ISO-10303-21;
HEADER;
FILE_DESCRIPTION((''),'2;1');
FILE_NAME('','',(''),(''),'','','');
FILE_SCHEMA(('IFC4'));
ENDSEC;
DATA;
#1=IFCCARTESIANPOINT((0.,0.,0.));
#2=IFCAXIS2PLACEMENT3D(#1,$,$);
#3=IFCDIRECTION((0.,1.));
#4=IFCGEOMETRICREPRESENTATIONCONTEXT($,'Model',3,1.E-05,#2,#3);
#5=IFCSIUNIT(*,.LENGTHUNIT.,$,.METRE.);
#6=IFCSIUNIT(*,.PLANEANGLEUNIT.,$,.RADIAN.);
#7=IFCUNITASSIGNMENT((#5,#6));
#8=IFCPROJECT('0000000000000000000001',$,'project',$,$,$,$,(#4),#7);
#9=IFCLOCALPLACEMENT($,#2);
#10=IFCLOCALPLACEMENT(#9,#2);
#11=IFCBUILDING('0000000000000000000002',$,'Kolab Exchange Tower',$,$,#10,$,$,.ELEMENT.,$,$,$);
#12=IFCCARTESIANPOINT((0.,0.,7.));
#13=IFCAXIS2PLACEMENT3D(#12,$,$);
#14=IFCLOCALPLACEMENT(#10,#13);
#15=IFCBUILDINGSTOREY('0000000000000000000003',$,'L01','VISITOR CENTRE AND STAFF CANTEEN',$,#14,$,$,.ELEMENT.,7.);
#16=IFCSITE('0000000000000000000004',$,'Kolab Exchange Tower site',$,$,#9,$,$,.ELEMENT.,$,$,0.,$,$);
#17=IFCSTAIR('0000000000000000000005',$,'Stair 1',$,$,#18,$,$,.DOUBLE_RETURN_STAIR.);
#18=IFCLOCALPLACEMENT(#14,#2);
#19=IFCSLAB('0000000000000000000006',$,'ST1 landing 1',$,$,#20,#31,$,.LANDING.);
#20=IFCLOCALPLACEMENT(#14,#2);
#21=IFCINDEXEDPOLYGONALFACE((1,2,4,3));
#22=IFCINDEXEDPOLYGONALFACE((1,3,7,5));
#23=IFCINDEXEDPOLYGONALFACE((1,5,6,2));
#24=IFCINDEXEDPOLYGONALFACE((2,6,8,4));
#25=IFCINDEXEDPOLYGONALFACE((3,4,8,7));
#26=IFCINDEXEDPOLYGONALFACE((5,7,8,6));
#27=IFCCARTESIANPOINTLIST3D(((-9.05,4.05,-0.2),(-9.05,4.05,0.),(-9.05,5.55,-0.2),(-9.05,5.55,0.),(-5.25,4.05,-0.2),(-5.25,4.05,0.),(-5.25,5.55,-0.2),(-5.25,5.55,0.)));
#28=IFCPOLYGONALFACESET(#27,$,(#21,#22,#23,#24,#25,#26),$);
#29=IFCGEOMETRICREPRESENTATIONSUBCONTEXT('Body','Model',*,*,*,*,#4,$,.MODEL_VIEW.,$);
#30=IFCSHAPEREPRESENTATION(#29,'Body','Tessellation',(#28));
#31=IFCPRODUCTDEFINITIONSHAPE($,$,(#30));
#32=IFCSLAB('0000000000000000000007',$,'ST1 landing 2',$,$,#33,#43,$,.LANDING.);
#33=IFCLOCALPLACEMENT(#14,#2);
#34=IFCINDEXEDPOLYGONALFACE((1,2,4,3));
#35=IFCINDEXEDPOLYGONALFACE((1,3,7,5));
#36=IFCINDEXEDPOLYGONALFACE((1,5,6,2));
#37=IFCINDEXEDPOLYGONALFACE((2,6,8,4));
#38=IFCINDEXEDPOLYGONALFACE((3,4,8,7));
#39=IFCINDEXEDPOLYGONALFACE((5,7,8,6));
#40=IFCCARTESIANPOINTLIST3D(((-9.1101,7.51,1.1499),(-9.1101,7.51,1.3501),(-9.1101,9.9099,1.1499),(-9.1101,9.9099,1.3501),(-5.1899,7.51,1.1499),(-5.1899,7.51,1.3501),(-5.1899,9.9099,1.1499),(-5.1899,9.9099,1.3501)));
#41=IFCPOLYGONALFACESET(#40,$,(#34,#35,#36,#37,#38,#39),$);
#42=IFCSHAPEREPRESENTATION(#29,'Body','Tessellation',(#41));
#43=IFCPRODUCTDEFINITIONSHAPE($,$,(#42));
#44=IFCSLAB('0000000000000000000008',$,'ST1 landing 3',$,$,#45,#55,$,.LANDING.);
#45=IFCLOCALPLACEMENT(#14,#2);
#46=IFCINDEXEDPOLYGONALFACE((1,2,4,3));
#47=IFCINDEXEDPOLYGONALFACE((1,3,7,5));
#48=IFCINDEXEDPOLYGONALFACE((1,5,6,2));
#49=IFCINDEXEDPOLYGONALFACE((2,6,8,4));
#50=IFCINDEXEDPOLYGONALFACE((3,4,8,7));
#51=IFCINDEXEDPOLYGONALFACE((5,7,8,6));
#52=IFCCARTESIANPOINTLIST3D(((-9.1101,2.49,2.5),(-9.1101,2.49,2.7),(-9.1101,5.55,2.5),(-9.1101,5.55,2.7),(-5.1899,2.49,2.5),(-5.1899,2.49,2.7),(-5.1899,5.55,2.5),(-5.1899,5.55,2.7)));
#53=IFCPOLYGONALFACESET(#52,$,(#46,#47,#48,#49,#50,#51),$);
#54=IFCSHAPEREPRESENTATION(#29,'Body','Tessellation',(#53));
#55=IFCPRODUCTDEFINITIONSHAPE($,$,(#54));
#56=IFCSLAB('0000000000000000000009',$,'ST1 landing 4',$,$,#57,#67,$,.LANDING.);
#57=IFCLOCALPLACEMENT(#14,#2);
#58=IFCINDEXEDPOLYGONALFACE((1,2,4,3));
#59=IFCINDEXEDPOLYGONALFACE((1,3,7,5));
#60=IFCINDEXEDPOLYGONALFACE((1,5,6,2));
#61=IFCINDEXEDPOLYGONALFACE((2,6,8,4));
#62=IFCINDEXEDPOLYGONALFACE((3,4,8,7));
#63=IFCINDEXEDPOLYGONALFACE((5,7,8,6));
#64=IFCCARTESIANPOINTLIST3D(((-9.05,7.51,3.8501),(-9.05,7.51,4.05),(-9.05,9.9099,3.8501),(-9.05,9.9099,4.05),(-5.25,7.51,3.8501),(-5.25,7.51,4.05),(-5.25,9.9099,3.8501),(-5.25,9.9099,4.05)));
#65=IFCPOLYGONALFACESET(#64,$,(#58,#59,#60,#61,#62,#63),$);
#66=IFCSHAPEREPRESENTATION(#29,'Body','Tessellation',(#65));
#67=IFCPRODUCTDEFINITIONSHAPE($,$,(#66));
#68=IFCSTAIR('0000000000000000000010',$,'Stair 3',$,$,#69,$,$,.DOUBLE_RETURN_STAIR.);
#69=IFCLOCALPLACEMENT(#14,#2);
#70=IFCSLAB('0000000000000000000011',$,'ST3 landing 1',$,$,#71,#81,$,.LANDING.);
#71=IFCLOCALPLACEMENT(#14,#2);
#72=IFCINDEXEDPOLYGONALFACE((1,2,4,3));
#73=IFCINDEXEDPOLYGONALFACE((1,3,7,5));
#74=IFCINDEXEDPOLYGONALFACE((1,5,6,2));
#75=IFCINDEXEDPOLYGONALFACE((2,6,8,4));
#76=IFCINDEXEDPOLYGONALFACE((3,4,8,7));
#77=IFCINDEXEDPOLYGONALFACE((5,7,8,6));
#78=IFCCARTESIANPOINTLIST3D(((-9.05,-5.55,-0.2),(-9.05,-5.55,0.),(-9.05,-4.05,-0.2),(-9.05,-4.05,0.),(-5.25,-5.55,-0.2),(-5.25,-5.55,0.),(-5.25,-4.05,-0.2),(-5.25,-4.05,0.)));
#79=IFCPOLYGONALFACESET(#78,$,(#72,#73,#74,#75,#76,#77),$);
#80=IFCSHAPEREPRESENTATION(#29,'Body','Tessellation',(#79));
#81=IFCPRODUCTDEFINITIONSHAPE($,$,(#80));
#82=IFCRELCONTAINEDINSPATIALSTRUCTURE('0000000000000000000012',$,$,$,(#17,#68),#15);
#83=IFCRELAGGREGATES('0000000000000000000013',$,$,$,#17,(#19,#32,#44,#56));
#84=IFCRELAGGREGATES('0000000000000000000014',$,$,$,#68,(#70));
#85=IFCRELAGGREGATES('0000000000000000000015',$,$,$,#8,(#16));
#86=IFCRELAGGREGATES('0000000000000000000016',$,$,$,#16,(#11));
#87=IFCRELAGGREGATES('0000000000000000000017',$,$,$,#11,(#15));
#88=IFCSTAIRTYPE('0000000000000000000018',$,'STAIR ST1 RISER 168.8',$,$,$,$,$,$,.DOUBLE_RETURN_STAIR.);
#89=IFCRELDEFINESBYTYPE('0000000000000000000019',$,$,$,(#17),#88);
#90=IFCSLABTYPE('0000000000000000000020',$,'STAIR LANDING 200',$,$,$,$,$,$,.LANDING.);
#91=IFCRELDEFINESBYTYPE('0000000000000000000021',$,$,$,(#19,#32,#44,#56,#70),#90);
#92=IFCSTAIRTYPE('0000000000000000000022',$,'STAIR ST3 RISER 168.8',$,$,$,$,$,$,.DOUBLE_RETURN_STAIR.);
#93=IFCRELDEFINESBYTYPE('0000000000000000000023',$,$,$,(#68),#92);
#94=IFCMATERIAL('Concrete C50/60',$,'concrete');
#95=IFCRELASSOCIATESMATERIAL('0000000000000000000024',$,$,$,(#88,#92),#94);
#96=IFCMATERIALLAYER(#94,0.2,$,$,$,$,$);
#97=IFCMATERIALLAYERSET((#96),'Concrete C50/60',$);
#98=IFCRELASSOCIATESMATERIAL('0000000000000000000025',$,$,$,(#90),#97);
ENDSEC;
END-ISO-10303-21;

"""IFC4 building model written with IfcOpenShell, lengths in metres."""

from ifc_helpers import new_model, si_unit, direction, frame, origin, place, context, subcontext, project, spatial, polyline, outline, extrude, material, layer, layer_set, type_object, element, aggregate, save


model = new_model("IFC4")

# Units and contexts
model_context = context("Model", 3, precision=1e-05, world=origin(), true_north=direction((0.0, 1.0)))
body_context = subcontext(model_context, "Body", "Model", "MODEL_VIEW")
ifc_project = project(units=[si_unit("LENGTHUNIT", "METRE"), si_unit("PLANEANGLEUNIT", "RADIAN")], contexts=[model_context])

# Site, building, storey
site_placement = place(None, origin())
site = spatial("IfcSite", under=ifc_project, at=site_placement, Name="Kolab Exchange Tower site", CompositionType="ELEMENT", RefElevation=0.0)
building_placement = place(site_placement, origin())
building = spatial("IfcBuilding", under=site, at=building_placement, Name="Kolab Exchange Tower", CompositionType="ELEMENT")
storey_placement = place(building_placement, frame((0.0, 0.0, 7.0)))
storey = spatial("IfcBuildingStorey", under=building, at=storey_placement, Name="L01", Description="VISITOR CENTRE AND STAFF CANTEEN", CompositionType="ELEMENT", Elevation=7.0)

# Stair, slabs
ifc_material_1 = material(Name="Concrete C50/60", Category="concrete")
stair_type_1 = type_object("IfcStairType", Name="STAIR ST1 RISER 168.8", PredefinedType="DOUBLE_RETURN_STAIR", material=ifc_material_1)
stair_1_placement = place(storey_placement, origin())
stair_1 = element("IfcStair", 1, at=stair_1_placement, inside=storey, type_object=stair_type_1, Name="Stair 1", PredefinedType="DOUBLE_RETURN_STAIR")
ifc_layer_1 = layer(ifc_material_1, 0.2)
ifc_layer_set_1 = layer_set([ifc_layer_1], Name="Concrete C50/60")
slab_type = type_object("IfcSlabType", Name="STAIR LANDING 200", PredefinedType="LANDING", material=ifc_layer_set_1)
slab_1_placement = place(storey_placement, frame((0.0, 0.0, -0.2)))
slab_1 = element("IfcSlab", 2, at=slab_1_placement, type_object=slab_type, Name="ST1 landing 1", PredefinedType="LANDING", context=body_context, shape_type="SweptSolid", body=[
    extrude(outline(polyline([(-9.05, 4.05), (-5.25, 4.05), (-5.25, 5.55), (-9.05, 5.55), (-9.05, 4.05)])), origin(), (0.0, 0.0, 1.0), 0.2),
])
slab_2_placement = place(storey_placement, frame((0.0, 0.0, 1.1499)))
slab_2 = element("IfcSlab", 3, at=slab_2_placement, type_object=slab_type, Name="ST1 landing 2", PredefinedType="LANDING", context=body_context, shape_type="SweptSolid", body=[
    extrude(outline(polyline([(-9.1101, 7.51), (-5.1899, 7.51), (-5.1899, 9.9099), (-9.1101, 9.9099), (-9.1101, 7.51)])), origin(), (0.0, 0.0, 1.0), 0.2002),
])
slab_3_placement = place(storey_placement, frame((0.0, 0.0, 2.5)))
slab_3 = element("IfcSlab", 4, at=slab_3_placement, type_object=slab_type, Name="ST1 landing 3", PredefinedType="LANDING", context=body_context, shape_type="SweptSolid", body=[
    extrude(outline(polyline([(-9.1101, 2.49), (-5.1899, 2.49), (-5.1899, 5.55), (-9.1101, 5.55), (-9.1101, 2.49)])), origin(), (0.0, 0.0, 1.0), 0.2),
])
slab_4_placement = place(storey_placement, frame((0.0, 0.0, 3.8501)))
slab_4 = element("IfcSlab", 5, at=slab_4_placement, type_object=slab_type, Name="ST1 landing 4", PredefinedType="LANDING", context=body_context, shape_type="SweptSolid", body=[
    extrude(outline(polyline([(-9.05, 7.51), (-5.25, 7.51), (-5.25, 9.9099), (-9.05, 9.9099), (-9.05, 7.51)])), origin(), (0.0, 0.0, 1.0), 0.2),
])
aggregate(stair_1, [slab_1, slab_2, slab_3, slab_4])

# Stair, slab
stair_type_2 = type_object("IfcStairType", Name="STAIR ST3 RISER 168.8", PredefinedType="DOUBLE_RETURN_STAIR", material=ifc_material_1)
stair_2_placement = place(storey_placement, origin())
stair_2 = element("IfcStair", 6, at=stair_2_placement, inside=storey, type_object=stair_type_2, Name="Stair 3", PredefinedType="DOUBLE_RETURN_STAIR")
slab_5_placement = place(storey_placement, frame((0.0, 0.0, -0.2)))
slab_5 = element("IfcSlab", 7, at=slab_5_placement, type_object=slab_type, Name="ST3 landing 1", PredefinedType="LANDING", context=body_context, shape_type="SweptSolid", body=[
    extrude(outline(polyline([(-9.05, -5.55), (-5.25, -5.55), (-5.25, -4.05), (-9.05, -4.05), (-9.05, -5.55)])), origin(), (0.0, 0.0, 1.0), 0.2),
])
aggregate(stair_2, [slab_5])

save(model, "model.ifc")
